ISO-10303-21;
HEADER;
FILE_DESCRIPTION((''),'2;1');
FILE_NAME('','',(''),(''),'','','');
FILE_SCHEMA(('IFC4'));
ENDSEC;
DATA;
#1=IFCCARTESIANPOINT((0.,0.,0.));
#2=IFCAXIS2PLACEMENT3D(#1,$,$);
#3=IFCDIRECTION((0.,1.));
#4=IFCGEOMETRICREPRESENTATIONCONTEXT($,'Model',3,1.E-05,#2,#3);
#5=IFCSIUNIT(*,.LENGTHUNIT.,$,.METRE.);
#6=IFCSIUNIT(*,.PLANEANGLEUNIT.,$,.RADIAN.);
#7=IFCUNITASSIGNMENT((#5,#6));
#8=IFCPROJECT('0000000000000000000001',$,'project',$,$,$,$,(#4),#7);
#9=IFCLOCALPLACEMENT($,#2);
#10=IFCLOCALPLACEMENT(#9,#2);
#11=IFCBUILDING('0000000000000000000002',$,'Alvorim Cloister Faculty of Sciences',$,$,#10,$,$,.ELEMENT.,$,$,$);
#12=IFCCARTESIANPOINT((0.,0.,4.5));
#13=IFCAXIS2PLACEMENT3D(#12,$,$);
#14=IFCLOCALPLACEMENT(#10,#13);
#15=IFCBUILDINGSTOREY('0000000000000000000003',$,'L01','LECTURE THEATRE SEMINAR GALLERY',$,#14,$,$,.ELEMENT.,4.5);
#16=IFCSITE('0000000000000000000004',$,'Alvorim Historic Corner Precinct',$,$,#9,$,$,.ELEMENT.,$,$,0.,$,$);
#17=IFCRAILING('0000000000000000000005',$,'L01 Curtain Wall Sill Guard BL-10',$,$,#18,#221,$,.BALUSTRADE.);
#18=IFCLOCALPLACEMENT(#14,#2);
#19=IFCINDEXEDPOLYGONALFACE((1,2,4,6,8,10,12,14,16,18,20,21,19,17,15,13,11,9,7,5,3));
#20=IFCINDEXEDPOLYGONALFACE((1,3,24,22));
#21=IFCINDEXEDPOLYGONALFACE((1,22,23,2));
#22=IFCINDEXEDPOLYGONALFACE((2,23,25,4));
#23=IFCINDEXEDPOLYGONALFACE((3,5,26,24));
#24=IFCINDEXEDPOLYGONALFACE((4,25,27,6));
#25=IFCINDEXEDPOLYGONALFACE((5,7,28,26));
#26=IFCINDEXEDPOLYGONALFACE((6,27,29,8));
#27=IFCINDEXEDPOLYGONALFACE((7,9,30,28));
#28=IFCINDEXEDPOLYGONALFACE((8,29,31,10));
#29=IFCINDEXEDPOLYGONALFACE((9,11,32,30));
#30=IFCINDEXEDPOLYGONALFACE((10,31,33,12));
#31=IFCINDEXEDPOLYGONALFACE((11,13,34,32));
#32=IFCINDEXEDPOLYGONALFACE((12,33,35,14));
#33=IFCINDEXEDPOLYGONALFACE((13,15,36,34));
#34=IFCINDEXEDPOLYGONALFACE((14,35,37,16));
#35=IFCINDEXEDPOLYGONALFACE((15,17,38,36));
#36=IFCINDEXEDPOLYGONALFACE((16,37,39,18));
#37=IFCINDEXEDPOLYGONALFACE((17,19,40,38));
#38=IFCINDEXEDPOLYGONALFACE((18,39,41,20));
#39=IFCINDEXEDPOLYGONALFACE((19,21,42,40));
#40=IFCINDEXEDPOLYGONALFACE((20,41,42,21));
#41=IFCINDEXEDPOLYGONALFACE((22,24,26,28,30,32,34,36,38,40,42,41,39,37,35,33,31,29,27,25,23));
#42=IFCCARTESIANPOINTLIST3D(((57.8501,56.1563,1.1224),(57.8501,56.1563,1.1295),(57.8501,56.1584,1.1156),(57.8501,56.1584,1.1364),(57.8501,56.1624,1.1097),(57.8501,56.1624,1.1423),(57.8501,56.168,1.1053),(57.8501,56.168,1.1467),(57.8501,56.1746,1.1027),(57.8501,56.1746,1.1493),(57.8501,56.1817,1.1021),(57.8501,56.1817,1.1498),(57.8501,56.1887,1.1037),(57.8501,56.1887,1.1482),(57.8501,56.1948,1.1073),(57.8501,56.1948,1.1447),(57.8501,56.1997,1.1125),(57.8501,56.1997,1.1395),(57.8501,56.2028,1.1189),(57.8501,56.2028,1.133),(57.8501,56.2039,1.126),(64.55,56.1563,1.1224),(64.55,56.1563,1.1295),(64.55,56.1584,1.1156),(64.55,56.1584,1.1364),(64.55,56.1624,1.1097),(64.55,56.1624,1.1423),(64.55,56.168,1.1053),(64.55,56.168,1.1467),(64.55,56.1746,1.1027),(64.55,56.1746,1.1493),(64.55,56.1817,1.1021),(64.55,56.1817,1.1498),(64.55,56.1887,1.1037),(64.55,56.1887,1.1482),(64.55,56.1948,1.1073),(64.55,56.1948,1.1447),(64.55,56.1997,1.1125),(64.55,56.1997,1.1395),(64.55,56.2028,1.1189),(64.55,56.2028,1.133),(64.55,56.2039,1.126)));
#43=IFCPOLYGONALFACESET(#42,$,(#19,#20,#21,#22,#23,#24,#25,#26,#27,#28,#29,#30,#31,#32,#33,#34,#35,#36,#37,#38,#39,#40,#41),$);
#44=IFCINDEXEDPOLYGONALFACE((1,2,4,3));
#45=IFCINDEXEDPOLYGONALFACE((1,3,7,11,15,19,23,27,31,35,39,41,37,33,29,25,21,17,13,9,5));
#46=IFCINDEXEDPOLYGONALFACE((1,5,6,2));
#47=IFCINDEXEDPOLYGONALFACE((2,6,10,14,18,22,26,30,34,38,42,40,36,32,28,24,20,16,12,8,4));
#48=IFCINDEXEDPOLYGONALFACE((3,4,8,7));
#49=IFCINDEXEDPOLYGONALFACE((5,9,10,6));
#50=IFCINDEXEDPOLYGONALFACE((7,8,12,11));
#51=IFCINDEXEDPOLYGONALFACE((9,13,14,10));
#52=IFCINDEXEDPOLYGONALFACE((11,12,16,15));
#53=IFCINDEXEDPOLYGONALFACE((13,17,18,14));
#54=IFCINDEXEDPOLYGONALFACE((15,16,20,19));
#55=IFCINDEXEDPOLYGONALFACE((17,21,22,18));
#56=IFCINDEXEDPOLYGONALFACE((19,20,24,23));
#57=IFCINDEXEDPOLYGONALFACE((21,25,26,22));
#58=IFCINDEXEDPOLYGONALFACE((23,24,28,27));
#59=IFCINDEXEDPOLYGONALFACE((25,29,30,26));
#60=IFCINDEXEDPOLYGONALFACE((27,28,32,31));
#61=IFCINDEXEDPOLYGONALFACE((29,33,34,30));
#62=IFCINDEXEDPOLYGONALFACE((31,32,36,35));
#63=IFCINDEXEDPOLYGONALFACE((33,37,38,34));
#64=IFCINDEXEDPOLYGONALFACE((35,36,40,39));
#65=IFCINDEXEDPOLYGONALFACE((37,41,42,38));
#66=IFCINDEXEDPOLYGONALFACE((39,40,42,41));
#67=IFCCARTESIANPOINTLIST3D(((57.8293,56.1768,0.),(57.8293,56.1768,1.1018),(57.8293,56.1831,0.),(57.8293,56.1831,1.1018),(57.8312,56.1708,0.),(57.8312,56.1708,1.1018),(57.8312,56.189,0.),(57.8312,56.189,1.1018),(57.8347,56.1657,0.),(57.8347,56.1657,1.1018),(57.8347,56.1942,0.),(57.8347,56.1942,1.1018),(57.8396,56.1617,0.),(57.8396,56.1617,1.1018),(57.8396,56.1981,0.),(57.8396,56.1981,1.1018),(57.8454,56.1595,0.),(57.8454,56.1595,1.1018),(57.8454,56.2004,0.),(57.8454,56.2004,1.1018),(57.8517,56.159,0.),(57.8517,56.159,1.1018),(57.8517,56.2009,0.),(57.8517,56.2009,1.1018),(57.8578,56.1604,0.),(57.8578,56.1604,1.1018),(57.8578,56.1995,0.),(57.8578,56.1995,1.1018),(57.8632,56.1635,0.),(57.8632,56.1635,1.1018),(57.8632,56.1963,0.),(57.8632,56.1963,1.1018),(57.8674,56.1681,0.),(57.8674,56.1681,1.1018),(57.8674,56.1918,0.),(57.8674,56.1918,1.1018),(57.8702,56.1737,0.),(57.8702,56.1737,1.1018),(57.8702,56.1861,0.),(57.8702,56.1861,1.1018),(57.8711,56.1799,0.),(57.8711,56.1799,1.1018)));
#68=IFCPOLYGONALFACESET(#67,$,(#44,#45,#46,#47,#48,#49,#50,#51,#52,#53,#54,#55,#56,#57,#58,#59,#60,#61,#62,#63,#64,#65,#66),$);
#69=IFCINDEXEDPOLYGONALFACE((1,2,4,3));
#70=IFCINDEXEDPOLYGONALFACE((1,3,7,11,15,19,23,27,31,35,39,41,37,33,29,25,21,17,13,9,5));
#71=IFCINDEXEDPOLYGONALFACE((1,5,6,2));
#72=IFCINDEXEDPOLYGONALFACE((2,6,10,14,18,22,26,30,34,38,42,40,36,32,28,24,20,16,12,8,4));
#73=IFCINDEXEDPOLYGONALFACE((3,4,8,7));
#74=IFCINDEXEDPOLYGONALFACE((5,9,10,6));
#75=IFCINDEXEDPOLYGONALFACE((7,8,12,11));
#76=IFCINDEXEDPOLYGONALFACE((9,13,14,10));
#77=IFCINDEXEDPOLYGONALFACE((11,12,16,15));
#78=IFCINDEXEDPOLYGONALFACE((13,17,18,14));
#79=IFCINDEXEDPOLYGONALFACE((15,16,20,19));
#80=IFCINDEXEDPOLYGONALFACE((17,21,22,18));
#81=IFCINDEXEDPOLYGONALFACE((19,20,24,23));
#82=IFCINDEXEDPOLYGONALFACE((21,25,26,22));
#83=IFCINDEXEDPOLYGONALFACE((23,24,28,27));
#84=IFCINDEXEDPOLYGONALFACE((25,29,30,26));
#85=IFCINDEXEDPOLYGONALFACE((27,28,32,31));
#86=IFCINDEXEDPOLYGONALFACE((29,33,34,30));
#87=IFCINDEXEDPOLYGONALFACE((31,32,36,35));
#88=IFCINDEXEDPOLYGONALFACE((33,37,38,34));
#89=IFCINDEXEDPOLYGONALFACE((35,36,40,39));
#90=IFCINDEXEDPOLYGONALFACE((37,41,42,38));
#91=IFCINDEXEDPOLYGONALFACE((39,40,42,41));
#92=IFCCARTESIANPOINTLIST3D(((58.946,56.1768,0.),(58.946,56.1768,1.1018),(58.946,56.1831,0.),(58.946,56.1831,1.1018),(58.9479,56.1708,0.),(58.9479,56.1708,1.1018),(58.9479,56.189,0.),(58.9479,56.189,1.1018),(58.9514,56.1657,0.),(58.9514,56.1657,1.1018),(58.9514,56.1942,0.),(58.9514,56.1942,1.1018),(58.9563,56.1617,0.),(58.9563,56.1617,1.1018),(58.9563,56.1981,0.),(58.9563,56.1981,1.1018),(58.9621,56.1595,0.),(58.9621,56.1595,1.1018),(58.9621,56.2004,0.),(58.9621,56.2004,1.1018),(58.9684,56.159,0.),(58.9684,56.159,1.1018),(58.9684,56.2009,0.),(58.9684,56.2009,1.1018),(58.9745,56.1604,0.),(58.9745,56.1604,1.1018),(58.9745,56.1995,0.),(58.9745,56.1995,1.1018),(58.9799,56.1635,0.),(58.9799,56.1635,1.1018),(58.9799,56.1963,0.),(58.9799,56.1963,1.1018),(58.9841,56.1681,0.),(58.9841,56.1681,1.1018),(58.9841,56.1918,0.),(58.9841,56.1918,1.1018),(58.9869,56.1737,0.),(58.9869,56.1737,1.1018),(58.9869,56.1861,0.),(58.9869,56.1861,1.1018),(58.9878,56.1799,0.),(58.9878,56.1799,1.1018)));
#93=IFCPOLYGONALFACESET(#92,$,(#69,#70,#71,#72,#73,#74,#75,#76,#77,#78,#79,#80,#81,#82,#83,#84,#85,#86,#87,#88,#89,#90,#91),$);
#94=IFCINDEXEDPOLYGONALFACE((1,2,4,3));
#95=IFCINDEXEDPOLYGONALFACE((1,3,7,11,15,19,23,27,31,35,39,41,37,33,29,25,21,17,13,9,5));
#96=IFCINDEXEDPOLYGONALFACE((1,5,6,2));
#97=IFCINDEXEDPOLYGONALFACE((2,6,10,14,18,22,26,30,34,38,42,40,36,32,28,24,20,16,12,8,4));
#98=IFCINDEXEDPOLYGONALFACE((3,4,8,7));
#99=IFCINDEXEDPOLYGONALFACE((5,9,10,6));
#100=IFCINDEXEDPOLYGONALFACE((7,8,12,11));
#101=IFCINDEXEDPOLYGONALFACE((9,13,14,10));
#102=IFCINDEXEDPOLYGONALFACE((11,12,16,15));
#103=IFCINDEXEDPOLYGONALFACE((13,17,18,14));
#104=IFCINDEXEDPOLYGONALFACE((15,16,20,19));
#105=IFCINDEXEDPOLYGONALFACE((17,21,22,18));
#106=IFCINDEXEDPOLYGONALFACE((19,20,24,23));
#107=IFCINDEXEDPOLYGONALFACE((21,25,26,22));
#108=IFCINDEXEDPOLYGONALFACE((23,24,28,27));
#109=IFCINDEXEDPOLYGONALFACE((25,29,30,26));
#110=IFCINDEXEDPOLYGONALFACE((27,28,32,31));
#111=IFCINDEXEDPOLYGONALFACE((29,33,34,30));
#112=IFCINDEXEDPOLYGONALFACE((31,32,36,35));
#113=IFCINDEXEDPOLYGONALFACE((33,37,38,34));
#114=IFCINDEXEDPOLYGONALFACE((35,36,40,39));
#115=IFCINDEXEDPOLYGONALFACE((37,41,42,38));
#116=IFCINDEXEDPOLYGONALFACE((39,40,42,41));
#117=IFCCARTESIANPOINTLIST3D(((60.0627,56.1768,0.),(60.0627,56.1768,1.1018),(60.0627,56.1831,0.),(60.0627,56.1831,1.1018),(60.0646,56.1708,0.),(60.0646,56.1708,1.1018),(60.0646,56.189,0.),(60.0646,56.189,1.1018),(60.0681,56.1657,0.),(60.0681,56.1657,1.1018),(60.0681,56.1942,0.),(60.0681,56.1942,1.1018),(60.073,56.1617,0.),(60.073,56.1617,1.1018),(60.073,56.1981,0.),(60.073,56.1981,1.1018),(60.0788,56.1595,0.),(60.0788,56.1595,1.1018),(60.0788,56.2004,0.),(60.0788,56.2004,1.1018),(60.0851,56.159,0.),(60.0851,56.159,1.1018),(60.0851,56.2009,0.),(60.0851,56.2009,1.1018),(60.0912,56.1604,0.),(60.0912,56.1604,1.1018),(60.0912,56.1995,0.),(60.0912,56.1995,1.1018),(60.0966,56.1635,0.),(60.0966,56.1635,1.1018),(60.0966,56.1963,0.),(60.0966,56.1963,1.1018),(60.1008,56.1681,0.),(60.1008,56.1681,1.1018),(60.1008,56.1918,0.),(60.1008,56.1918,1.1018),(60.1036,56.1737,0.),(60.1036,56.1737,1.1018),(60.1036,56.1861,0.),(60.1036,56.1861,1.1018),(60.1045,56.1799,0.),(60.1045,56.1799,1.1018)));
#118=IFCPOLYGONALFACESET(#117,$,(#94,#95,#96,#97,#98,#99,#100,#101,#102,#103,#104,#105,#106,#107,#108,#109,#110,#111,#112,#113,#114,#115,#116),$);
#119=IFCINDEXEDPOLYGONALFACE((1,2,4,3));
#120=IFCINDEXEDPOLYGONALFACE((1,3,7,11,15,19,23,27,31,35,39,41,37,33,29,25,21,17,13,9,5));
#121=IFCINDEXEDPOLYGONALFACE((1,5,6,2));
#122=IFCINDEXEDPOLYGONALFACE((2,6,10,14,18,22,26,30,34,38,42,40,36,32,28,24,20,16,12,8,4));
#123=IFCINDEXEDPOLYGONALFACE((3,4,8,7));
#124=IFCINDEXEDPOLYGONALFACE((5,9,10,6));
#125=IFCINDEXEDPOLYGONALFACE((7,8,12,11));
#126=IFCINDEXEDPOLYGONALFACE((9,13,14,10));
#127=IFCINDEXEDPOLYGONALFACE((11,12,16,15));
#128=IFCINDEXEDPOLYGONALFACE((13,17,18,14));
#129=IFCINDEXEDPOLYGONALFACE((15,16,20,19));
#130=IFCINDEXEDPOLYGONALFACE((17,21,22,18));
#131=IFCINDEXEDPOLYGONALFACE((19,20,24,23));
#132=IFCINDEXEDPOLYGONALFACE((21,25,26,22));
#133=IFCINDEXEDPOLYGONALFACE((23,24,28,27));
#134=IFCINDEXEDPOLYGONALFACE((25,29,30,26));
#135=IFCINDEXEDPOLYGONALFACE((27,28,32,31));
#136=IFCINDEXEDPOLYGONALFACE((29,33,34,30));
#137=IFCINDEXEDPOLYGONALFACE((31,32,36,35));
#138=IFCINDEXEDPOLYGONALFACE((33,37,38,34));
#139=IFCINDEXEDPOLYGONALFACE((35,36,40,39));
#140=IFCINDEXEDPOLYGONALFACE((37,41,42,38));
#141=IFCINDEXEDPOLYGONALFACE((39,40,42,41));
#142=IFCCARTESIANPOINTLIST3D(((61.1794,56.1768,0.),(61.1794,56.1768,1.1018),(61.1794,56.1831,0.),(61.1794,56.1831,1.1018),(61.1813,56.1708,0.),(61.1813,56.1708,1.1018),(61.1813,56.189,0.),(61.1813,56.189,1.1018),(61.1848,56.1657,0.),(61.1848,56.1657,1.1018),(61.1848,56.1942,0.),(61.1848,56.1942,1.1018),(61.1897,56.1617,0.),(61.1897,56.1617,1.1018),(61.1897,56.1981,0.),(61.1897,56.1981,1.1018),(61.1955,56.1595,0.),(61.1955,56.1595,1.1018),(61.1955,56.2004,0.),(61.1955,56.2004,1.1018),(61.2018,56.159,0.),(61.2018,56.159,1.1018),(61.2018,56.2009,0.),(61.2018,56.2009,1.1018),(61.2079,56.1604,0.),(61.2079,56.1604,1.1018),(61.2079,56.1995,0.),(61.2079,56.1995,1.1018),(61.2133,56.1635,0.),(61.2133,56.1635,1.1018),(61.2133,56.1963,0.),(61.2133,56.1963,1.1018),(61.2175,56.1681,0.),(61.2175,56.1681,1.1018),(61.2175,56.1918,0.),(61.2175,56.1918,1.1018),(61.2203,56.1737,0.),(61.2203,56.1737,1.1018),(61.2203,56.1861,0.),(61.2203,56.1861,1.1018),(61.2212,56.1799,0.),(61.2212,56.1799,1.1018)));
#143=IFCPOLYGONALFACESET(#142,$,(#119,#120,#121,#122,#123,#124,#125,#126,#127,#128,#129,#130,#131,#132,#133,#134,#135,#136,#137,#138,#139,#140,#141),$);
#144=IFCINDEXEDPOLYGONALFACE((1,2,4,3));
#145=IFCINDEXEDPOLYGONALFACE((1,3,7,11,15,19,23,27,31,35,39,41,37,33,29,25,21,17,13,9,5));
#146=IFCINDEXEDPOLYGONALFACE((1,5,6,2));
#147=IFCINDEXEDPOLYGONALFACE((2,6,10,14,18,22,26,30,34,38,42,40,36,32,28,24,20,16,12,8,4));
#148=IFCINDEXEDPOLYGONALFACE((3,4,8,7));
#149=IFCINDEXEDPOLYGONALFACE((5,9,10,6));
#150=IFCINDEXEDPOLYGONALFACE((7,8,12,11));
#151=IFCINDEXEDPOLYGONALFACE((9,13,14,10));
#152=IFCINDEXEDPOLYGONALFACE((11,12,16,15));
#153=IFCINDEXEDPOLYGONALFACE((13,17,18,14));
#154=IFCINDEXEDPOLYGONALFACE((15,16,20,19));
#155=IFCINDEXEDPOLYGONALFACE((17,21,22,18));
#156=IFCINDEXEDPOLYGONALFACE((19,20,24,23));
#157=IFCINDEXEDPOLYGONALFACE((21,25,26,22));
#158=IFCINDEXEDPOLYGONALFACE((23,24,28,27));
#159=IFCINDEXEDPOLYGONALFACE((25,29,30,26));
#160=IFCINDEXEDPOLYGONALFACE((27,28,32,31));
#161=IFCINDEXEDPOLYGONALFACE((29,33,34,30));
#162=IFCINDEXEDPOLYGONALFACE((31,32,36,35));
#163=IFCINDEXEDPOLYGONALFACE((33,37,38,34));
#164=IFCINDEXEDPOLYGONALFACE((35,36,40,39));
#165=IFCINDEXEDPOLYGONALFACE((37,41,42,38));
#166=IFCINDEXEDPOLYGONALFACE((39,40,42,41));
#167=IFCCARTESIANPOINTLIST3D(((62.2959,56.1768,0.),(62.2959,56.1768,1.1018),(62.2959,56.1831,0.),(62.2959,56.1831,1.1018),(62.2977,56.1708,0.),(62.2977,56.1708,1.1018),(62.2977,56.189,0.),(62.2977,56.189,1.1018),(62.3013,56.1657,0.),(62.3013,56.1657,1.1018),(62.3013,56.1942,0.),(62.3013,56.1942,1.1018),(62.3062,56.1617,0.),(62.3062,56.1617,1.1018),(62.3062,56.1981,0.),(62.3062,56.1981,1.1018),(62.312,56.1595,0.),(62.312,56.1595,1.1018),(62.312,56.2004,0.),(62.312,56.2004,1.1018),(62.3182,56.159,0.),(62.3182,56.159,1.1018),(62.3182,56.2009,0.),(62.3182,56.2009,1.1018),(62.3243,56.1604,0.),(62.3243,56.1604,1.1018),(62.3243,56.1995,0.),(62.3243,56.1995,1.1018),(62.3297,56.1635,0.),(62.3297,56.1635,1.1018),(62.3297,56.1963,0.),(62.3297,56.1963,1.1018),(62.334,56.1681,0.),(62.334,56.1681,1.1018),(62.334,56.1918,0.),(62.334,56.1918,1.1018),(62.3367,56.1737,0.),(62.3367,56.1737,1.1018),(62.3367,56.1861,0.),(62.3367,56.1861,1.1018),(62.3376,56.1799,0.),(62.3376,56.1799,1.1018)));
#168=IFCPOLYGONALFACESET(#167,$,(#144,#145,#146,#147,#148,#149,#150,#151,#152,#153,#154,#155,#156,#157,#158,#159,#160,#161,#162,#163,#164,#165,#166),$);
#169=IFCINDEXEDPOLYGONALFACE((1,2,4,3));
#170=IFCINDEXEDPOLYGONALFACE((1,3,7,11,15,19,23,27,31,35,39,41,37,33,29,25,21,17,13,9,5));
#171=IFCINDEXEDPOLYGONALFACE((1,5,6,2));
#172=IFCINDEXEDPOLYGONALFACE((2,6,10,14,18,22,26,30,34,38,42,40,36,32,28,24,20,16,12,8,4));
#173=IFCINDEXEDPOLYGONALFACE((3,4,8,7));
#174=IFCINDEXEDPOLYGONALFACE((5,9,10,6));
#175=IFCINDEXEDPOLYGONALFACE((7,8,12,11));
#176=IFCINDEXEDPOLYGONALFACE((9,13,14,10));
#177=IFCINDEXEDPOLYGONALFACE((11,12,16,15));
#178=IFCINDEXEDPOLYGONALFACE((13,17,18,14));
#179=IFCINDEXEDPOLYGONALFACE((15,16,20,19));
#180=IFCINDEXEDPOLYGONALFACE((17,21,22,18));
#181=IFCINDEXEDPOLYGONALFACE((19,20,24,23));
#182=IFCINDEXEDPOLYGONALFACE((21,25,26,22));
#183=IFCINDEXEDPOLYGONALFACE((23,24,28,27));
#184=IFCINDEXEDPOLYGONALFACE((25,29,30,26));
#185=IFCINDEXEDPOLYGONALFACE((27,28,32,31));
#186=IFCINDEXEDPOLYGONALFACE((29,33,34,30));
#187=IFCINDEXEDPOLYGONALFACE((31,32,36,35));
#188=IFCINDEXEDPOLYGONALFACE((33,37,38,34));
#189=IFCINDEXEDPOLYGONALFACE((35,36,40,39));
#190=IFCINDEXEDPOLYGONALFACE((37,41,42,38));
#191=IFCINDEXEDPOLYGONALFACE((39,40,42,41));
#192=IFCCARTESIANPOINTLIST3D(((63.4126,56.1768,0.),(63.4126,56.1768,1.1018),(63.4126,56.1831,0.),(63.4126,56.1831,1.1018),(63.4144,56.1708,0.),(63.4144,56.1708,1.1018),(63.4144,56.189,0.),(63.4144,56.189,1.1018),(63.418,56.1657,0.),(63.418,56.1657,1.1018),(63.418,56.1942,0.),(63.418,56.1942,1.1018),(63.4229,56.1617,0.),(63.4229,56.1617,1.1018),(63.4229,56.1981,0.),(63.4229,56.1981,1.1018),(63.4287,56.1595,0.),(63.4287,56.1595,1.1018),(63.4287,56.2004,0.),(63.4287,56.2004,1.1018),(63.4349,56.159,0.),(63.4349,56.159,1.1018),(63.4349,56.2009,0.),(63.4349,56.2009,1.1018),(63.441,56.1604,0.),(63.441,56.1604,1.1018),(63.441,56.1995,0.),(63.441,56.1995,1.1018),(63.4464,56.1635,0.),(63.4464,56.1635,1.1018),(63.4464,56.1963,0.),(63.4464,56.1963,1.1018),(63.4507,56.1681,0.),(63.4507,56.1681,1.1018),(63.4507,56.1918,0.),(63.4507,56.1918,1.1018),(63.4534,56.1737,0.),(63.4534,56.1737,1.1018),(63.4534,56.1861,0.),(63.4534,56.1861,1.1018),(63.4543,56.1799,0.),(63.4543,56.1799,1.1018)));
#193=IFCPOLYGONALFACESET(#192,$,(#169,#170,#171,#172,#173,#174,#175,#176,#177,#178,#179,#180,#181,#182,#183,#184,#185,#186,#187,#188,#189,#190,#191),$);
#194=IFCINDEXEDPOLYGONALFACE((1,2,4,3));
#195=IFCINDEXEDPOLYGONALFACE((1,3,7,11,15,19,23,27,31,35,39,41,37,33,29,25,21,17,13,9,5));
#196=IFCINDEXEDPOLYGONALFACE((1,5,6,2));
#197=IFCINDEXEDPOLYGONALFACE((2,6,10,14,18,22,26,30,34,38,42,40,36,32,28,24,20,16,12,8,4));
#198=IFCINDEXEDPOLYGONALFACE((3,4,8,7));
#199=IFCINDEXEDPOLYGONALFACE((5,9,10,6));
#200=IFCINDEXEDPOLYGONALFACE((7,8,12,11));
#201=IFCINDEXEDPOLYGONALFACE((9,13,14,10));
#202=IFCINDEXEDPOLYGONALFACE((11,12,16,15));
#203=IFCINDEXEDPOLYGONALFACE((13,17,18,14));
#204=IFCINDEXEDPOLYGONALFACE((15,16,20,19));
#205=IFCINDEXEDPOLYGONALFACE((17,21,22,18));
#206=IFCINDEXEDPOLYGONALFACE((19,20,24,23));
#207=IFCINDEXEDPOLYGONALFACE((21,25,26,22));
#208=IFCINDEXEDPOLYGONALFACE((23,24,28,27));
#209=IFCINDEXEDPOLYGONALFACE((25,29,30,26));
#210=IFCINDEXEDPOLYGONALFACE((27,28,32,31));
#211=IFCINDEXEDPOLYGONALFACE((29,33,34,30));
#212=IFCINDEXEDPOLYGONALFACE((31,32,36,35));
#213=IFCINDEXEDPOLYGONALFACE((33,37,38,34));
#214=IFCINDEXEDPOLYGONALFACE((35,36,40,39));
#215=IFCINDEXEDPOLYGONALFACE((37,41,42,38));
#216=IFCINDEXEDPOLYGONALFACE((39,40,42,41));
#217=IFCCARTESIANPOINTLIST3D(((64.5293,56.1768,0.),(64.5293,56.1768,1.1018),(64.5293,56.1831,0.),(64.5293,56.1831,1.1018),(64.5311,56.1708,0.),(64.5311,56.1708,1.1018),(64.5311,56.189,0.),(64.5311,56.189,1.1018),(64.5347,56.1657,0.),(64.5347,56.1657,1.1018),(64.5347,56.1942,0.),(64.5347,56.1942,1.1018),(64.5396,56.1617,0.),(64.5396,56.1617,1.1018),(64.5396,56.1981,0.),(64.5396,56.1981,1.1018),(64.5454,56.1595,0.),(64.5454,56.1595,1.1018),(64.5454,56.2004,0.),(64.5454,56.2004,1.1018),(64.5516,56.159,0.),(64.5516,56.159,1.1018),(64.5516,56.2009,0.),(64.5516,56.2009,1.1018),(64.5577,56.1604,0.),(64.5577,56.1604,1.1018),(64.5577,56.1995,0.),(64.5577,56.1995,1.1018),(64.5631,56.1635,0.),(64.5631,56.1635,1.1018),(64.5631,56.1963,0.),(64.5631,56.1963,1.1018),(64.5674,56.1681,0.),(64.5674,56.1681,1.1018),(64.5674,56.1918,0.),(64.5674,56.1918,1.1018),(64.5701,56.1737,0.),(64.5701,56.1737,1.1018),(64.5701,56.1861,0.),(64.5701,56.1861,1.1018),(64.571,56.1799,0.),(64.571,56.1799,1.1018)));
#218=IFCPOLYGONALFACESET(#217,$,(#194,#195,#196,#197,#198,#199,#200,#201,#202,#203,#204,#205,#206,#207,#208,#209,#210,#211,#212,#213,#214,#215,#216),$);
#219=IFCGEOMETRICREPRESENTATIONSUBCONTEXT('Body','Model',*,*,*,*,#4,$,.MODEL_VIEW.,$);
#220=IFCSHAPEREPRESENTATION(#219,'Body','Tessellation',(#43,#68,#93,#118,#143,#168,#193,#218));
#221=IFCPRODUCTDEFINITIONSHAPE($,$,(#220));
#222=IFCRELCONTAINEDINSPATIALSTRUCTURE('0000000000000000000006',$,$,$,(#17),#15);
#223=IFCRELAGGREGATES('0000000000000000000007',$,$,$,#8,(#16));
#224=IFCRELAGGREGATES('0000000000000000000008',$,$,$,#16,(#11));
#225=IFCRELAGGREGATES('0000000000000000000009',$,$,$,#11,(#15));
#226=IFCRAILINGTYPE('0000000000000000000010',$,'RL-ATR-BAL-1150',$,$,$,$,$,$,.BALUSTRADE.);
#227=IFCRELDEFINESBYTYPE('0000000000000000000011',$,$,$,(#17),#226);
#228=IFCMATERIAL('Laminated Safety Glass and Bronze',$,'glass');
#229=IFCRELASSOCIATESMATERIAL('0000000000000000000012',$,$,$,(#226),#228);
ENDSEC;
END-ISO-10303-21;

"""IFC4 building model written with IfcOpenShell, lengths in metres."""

from ifc_helpers import new_model, si_unit, direction, frame, origin, origin_2d, place, context, subcontext, project, spatial, circle, extrude, material, type_object, element, save


model = new_model("IFC4")

# Units and contexts
model_context = context("Model", 3, precision=1e-05, world=origin(), true_north=direction((0.0, 1.0)))
body_context = subcontext(model_context, "Body", "Model", "MODEL_VIEW")
ifc_project = project(units=[si_unit("LENGTHUNIT", "METRE"), si_unit("PLANEANGLEUNIT", "RADIAN")], contexts=[model_context])

# Site, building, storey
site_placement = place(None, origin())
site = spatial("IfcSite", under=ifc_project, at=site_placement, Name="Alvorim Historic Corner Precinct", CompositionType="ELEMENT", RefElevation=0.0)
building_placement = place(site_placement, origin())
building = spatial("IfcBuilding", under=site, at=building_placement, Name="Alvorim Cloister Faculty of Sciences", CompositionType="ELEMENT")
storey_placement = place(building_placement, frame((0.0, 0.0, 4.5)))
storey = spatial("IfcBuildingStorey", under=building, at=storey_placement, Name="L01", Description="LECTURE THEATRE SEMINAR GALLERY", CompositionType="ELEMENT", Elevation=4.5)

# Railing
ifc_material_1 = material(Name="Laminated Safety Glass and Bronze", Category="glass")
railing_type = type_object("IfcRailingType", Name="RL-ATR-BAL-1150", PredefinedType="BALUSTRADE", material=ifc_material_1)
for number, where, name in (
    (1, (57.8501, 56.1799, 0.0), "L01 Curtain Wall Sill Guard BL-10"),
):
    element("IfcRailing", number, at=place(storey_placement, frame(where)), inside=storey, type_object=railing_type, Name=name, PredefinedType="BALUSTRADE", context=body_context, shape_type="SweptSolid", body=[
        extrude(circle(Radius=0.0239, at=origin_2d()), frame((0.0, 0.0, 1.126), z_axis=(1.0, 0.0, 0.0), x_axis=(0.0, 1.0, 0.0)), (0.0, 0.0, 1.0), 6.7),
        extrude(circle(Radius=0.021, at=origin_2d()), origin(), (0.0, 0.0, 1.0), 1.1018),
        extrude(circle(Radius=0.021, at=origin_2d()), frame((1.1167, 0.0, 0.0)), (0.0, 0.0, 1.0), 1.1018),
        extrude(circle(Radius=0.021, at=origin_2d()), frame((2.2334, 0.0, 0.0)), (0.0, 0.0, 1.0), 1.1018),
        extrude(circle(Radius=0.021, at=origin_2d()), frame((3.3501, 0.0, 0.0)), (0.0, 0.0, 1.0), 1.1018),
        extrude(circle(Radius=0.021, at=origin_2d()), frame((4.4666, 0.0, 0.0)), (0.0, 0.0, 1.0), 1.1018),
        extrude(circle(Radius=0.021, at=origin_2d()), frame((5.5833, 0.0, 0.0)), (0.0, 0.0, 1.0), 1.1018),
        extrude(circle(Radius=0.021, at=origin_2d()), frame((6.7, 0.0, 0.0)), (0.0, 0.0, 1.0), 1.1018),
    ])

save(model, "model.ifc")
